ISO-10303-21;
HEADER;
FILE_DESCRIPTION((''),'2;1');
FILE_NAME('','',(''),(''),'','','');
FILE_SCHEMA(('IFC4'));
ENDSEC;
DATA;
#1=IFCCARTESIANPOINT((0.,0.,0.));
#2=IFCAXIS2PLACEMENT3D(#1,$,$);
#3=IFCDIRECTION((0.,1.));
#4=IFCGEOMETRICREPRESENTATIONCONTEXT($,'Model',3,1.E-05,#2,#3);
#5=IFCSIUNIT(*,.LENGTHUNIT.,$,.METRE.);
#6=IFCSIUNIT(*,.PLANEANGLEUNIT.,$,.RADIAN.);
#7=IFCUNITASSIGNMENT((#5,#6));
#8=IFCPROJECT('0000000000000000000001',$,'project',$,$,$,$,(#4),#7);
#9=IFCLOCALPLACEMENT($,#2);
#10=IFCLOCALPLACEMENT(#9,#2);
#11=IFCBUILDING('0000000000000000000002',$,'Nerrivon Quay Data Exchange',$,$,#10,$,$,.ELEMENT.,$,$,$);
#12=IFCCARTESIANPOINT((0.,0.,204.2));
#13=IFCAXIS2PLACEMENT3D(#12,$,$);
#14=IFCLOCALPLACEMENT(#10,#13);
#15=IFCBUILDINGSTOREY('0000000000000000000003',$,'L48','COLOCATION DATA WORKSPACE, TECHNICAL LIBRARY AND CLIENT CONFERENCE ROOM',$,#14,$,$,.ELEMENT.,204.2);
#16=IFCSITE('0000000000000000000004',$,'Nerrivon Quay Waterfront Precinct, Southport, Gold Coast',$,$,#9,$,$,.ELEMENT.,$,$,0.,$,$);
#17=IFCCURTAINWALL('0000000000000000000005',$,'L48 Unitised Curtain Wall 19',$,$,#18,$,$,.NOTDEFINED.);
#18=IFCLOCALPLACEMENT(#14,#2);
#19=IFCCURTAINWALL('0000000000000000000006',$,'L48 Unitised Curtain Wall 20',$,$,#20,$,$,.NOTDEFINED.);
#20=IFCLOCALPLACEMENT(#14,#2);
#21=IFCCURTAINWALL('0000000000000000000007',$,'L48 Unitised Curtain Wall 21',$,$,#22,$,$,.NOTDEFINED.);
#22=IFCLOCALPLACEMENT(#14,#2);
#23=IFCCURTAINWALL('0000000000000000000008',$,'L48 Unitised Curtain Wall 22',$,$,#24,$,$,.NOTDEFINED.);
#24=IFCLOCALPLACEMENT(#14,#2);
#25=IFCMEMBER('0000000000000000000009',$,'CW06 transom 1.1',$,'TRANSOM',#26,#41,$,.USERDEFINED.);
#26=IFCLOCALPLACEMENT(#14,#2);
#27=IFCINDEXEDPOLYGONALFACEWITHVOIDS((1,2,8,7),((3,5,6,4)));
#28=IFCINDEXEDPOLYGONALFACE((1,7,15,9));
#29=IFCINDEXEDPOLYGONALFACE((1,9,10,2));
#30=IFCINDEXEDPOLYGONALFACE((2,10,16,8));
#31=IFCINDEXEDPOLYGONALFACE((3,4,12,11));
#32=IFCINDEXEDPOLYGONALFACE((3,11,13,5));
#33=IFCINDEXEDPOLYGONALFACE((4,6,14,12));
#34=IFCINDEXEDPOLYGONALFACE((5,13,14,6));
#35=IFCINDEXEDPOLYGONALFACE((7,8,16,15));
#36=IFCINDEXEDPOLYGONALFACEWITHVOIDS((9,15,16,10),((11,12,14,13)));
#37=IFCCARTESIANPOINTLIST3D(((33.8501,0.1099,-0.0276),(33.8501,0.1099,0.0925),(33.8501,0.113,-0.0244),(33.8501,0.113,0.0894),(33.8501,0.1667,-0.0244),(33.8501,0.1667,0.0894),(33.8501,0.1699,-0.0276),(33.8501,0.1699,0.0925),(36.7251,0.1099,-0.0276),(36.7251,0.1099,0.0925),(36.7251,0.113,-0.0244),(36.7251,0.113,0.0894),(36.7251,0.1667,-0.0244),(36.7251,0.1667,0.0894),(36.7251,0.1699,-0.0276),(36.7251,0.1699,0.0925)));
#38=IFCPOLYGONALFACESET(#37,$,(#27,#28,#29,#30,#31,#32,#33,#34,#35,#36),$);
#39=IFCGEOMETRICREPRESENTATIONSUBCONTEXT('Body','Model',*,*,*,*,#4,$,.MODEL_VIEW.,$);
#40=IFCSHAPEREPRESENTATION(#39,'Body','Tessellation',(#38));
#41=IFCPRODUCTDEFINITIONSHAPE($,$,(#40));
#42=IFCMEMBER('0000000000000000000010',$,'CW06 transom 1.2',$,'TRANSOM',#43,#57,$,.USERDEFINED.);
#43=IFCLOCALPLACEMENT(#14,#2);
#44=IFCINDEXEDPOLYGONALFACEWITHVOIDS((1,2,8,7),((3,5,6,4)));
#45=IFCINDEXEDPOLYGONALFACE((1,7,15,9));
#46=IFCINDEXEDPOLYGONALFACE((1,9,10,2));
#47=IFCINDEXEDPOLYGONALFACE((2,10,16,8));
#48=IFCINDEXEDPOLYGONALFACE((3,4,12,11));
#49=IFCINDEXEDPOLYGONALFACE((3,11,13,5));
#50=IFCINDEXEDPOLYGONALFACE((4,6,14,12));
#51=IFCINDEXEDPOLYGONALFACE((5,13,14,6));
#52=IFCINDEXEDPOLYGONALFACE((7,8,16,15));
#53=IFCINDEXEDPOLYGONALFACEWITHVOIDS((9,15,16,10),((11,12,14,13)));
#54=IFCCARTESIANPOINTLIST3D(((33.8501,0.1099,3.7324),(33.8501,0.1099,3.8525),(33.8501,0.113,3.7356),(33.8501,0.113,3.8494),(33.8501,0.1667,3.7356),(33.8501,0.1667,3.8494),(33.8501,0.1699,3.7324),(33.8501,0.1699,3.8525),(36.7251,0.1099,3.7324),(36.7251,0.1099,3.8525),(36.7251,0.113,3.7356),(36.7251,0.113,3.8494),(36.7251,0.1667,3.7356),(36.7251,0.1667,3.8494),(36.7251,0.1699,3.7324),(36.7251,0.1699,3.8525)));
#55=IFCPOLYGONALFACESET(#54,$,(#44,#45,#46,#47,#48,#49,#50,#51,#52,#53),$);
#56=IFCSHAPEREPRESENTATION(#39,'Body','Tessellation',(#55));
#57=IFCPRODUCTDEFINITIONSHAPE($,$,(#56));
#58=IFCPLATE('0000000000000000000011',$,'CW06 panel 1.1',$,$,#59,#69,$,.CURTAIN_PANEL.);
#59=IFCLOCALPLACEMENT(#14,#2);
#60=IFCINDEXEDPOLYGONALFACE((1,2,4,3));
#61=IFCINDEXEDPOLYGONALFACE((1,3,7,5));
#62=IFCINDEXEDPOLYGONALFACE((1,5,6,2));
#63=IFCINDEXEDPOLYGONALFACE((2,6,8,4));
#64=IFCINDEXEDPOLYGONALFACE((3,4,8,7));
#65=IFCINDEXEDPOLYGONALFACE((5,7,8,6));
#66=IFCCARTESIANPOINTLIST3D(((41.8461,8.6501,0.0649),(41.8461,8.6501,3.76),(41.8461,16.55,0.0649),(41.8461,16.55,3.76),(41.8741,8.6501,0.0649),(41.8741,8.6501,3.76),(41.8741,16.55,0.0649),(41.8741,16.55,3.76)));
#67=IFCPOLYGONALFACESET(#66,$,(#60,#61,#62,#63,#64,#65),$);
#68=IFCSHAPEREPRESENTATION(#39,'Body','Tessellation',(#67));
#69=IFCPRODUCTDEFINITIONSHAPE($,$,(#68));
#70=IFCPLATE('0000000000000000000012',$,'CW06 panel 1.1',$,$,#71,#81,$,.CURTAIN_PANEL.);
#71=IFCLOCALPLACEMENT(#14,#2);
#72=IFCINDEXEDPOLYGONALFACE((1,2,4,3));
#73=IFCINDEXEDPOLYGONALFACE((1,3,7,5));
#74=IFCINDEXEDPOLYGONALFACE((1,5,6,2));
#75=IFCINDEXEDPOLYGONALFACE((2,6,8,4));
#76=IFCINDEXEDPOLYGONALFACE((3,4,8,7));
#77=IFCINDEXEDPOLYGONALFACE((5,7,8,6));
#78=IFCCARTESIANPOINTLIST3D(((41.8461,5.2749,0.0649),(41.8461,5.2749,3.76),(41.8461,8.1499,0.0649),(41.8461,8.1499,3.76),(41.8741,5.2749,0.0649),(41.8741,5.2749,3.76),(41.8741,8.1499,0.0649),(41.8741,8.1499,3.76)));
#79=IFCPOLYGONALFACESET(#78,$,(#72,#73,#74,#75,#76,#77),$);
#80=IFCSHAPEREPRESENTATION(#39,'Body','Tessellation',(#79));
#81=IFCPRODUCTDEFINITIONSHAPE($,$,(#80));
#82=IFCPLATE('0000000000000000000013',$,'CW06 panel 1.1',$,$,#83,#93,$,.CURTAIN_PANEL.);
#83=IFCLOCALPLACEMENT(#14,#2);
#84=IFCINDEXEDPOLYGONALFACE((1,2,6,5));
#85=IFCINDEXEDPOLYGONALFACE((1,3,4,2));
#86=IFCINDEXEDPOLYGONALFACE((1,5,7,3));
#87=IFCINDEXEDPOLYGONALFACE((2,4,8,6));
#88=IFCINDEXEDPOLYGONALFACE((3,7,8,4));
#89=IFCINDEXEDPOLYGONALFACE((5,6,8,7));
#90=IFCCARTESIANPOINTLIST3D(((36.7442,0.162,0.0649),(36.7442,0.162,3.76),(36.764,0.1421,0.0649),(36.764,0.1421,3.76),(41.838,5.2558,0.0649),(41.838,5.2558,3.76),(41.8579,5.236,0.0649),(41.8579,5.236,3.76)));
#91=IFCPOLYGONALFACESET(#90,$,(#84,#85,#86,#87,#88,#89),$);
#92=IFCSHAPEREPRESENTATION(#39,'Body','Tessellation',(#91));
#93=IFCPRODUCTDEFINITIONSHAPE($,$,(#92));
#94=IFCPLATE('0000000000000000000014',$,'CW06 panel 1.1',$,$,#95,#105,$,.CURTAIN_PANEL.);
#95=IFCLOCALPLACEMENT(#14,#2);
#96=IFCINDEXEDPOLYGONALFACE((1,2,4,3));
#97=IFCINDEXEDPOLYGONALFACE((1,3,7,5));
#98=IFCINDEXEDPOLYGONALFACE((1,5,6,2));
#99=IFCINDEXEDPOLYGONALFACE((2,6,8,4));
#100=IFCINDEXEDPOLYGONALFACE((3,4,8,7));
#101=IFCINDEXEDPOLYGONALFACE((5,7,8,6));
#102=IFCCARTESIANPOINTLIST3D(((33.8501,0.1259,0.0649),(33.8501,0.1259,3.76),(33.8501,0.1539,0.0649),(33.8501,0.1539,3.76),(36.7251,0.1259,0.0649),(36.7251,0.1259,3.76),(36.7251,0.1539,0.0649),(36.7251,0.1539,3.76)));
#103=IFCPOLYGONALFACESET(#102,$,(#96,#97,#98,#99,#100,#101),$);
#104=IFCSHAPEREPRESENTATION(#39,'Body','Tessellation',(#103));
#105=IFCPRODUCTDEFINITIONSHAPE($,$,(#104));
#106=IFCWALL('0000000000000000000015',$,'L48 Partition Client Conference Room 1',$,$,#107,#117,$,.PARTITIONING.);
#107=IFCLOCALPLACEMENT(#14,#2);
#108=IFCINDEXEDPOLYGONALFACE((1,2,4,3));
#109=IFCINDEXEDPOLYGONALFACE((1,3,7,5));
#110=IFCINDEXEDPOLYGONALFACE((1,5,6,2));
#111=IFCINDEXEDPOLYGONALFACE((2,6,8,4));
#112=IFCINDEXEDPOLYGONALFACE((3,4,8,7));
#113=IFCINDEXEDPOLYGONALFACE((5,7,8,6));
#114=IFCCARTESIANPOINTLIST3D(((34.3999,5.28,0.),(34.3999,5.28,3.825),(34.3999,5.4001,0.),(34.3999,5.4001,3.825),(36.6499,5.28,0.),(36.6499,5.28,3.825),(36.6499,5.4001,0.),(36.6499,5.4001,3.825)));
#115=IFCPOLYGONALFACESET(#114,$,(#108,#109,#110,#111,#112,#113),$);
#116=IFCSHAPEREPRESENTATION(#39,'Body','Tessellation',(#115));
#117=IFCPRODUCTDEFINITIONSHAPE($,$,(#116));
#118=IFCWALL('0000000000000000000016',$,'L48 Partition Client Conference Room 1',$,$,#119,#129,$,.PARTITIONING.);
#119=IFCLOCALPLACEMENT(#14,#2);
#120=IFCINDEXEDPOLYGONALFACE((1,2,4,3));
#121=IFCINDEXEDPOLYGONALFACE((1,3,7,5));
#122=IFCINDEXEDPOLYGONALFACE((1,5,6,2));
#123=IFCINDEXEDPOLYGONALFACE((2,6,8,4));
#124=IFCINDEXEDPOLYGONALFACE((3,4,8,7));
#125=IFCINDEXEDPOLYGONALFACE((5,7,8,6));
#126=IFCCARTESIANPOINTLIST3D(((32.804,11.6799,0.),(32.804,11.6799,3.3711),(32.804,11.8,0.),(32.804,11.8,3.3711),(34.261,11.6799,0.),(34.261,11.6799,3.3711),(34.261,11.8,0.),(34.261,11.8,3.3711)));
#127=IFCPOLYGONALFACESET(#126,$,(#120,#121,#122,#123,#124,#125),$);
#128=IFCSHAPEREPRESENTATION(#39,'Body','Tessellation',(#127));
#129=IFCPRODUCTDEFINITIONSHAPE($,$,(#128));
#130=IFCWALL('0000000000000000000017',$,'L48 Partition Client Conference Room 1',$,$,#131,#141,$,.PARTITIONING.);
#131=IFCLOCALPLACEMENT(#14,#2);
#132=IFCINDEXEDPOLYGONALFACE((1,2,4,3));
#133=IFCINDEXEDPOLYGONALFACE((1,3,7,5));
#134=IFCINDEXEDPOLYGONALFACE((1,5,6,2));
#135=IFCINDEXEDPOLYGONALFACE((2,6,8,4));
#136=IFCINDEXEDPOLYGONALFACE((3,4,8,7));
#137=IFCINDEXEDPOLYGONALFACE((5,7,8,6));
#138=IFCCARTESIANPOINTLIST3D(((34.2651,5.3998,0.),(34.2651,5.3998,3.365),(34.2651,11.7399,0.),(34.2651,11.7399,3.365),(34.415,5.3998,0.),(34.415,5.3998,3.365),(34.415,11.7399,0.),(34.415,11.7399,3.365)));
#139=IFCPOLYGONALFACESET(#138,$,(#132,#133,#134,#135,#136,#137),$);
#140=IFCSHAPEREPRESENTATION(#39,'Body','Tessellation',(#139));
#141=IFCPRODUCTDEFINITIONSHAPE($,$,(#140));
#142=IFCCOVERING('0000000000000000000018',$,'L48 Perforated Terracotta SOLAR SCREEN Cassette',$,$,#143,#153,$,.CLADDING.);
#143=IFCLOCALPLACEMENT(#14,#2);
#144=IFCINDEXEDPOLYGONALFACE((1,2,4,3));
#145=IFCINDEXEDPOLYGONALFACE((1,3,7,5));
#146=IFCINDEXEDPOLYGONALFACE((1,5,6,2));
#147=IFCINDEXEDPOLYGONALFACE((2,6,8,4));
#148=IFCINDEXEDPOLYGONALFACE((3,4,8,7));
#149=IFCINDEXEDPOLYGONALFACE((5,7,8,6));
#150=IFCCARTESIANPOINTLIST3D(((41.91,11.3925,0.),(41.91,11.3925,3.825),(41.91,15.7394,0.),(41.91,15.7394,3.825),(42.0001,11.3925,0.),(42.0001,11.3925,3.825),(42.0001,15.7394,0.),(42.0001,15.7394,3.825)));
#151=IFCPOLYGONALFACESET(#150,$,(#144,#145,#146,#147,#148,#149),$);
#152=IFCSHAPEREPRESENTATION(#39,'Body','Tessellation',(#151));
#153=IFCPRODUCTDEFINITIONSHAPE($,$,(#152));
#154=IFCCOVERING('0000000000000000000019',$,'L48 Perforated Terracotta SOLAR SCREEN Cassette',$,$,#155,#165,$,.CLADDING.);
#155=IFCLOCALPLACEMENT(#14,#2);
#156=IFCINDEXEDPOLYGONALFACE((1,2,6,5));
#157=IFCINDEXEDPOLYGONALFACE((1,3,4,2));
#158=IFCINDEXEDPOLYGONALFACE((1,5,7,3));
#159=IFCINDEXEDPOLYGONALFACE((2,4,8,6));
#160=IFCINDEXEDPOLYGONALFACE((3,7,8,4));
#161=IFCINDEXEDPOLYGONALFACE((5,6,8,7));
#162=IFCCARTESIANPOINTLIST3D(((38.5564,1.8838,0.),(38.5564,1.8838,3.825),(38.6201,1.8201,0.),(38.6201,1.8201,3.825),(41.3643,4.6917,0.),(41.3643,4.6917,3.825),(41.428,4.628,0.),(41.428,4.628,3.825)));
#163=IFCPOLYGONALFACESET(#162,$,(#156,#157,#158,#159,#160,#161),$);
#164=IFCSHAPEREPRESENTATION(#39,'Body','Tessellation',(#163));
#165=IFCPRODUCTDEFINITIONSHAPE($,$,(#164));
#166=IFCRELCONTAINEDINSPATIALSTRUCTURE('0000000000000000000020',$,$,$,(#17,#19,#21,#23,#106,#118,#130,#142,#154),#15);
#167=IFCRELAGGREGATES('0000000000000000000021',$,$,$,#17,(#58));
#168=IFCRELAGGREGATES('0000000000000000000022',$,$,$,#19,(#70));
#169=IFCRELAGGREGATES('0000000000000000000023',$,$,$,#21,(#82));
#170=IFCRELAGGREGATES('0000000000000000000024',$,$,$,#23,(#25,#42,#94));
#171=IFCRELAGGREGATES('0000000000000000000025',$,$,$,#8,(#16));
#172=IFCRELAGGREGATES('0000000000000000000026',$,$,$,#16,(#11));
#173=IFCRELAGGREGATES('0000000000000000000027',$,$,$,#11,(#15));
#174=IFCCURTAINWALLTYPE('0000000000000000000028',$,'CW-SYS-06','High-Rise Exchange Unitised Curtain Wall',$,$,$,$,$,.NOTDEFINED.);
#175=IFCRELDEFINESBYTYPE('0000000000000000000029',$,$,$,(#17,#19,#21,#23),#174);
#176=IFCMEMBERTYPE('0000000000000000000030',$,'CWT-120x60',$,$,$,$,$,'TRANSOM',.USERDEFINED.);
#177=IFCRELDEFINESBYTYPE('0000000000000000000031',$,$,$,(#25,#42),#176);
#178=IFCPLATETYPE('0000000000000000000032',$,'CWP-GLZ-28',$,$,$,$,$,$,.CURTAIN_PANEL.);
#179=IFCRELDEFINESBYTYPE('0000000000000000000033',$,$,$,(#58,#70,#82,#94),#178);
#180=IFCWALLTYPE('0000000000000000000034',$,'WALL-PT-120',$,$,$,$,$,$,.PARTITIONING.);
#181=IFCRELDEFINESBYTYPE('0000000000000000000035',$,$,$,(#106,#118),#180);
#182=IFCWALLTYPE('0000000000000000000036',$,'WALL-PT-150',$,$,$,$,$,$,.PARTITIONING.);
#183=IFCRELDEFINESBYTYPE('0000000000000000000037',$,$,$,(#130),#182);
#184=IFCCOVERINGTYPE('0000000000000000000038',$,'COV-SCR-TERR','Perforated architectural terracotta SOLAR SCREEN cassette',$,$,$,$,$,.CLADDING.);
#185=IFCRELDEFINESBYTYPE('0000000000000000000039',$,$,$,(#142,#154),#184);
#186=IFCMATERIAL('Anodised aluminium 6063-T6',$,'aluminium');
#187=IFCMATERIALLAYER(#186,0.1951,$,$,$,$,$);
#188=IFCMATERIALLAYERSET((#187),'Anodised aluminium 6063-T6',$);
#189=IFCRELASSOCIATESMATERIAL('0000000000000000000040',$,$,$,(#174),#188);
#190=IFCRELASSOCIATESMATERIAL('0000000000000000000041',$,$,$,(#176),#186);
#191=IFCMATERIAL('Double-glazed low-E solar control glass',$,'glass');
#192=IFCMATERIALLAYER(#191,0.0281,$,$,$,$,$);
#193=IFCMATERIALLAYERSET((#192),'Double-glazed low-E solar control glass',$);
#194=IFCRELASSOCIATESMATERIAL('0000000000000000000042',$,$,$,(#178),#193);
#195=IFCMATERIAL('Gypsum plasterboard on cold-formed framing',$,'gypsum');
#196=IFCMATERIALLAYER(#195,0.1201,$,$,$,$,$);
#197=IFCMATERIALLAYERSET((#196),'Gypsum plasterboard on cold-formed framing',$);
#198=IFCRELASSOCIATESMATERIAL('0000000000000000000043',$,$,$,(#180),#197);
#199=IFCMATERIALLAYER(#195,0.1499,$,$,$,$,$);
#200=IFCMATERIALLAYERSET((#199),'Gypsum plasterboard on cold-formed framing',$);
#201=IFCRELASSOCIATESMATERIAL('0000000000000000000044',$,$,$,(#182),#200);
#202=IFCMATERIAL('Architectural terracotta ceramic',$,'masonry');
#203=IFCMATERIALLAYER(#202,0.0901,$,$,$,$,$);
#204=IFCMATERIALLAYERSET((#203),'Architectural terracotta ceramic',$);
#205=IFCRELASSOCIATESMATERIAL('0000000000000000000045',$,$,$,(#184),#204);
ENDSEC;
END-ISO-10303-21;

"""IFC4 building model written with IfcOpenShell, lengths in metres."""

from ifc_helpers import new_model, si_unit, direction, frame, frame_2d, origin, origin_2d, place, context, subcontext, project, spatial, rectangle, hollow_rectangle, extrude, material, layer, layer_set, material_profile, profile_set, type_object, element, aggregate, save


model = new_model("IFC4")

# Units and contexts
model_context = context("Model", 3, precision=1e-05, world=origin(), true_north=direction((0.0, 1.0)))
body_context = subcontext(model_context, "Body", "Model", "MODEL_VIEW")
ifc_project = project(units=[si_unit("LENGTHUNIT", "METRE"), si_unit("PLANEANGLEUNIT", "RADIAN")], contexts=[model_context])

# Site, building, storey
site_placement = place(None, origin())
site = spatial("IfcSite", under=ifc_project, at=site_placement, Name="Nerrivon Quay Waterfront Precinct, Southport, Gold Coast", CompositionType="ELEMENT", RefElevation=0.0)
building_placement = place(site_placement, origin())
building = spatial("IfcBuilding", under=site, at=building_placement, Name="Nerrivon Quay Data Exchange", CompositionType="ELEMENT")
storey_placement = place(building_placement, frame((0.0, 0.0, 204.2)))
storey = spatial("IfcBuildingStorey", under=building, at=storey_placement, Name="L48", Description="COLOCATION DATA WORKSPACE, TECHNICAL LIBRARY AND CLIENT CONFERENCE ROOM", CompositionType="ELEMENT", Elevation=204.2)

# Curtain walls
ifc_material_1 = material(Name="Anodised aluminium 6063-T6", Category="aluminium")
ifc_layer_1 = layer(ifc_material_1, 0.1951)
ifc_layer_set_1 = layer_set([ifc_layer_1], Name="Anodised aluminium 6063-T6")
curtain_wall_type = type_object("IfcCurtainWallType", Name="CW-SYS-06", Description="High-Rise Exchange Unitised Curtain Wall", PredefinedType="NOTDEFINED", material=ifc_layer_set_1)
curtain_wall_1_placement = place(storey_placement, origin())
curtain_wall_1 = element("IfcCurtainWall", 1, at=curtain_wall_1_placement, inside=storey, type_object=curtain_wall_type, Name="L48 Unitised Curtain Wall 19", PredefinedType="NOTDEFINED")
curtain_wall_2_placement = place(storey_placement, origin())
curtain_wall_2 = element("IfcCurtainWall", 2, at=curtain_wall_2_placement, inside=storey, type_object=curtain_wall_type, Name="L48 Unitised Curtain Wall 20", PredefinedType="NOTDEFINED")
curtain_wall_3_placement = place(storey_placement, origin())
curtain_wall_3 = element("IfcCurtainWall", 3, at=curtain_wall_3_placement, inside=storey, type_object=curtain_wall_type, Name="L48 Unitised Curtain Wall 21", PredefinedType="NOTDEFINED")

# Curtain wall
curtain_wall_4_placement = place(storey_placement, origin())
curtain_wall_4 = element("IfcCurtainWall", 4, at=curtain_wall_4_placement, inside=storey, type_object=curtain_wall_type, Name="L48 Unitised Curtain Wall 22", PredefinedType="NOTDEFINED")

# Members
ifc_material_profile_1 = material_profile(ifc_material_1, hollow_rectangle(XDim=0.0601, YDim=0.1201, WallThickness=0.0032, at=origin_2d()), Name="ALU-TRAN-120x60")
ifc_profile_set_1 = profile_set([ifc_material_profile_1], Name="Anodised aluminium 6063-T6")
member_type_1 = type_object("IfcMemberType", Name="CWT-120x60", ElementType="TRANSOM", PredefinedType="USERDEFINED", material=ifc_profile_set_1)
member_1_placement = place(storey_placement, frame((36.7251, 0.1399, 0.0325), z_axis=(-1.0, 0.0, 0.0), x_axis=(0.0, -1.0, 0.0)))
member_1 = element("IfcMember", 5, at=member_1_placement, type_object=member_type_1, Name="CW06 transom 1.1", ObjectType="TRANSOM", PredefinedType="USERDEFINED", context=body_context, shape_type="SweptSolid", body=[
    extrude(hollow_rectangle(XDim=0.0601, YDim=0.1201, WallThickness=0.0032, at=origin_2d()), origin(), (0.0, 0.0, 1.0), 2.875),
])
member_2_placement = place(storey_placement, frame((36.7251, 0.1399, 3.7925), z_axis=(-1.0, 0.0, 0.0), x_axis=(0.0, -1.0, 0.0)))
member_2 = element("IfcMember", 6, at=member_2_placement, type_object=member_type_1, Name="CW06 transom 1.2", ObjectType="TRANSOM", PredefinedType="USERDEFINED", context=body_context, shape_type="SweptSolid", body=[
    extrude(hollow_rectangle(XDim=0.0601, YDim=0.1201, WallThickness=0.0032, at=origin_2d()), origin(), (0.0, 0.0, 1.0), 2.875),
])

# Plates
ifc_material_2 = material(Name="Double-glazed low-E solar control glass", Category="glass")
ifc_layer_2 = layer(ifc_material_2, 0.0281)
ifc_layer_set_2 = layer_set([ifc_layer_2], Name="Double-glazed low-E solar control glass")
plate_type = type_object("IfcPlateType", Name="CWP-GLZ-28", PredefinedType="CURTAIN_PANEL", material=ifc_layer_set_2)
plate_1_placement = place(storey_placement, frame((41.8601, 12.6001, 0.0649), z_axis=(0.0, 0.0, 1.0), x_axis=(0.0, -1.0, 0.0)))
plate_1 = element("IfcPlate", 7, at=plate_1_placement, type_object=plate_type, Name="CW06 panel 1.1", PredefinedType="CURTAIN_PANEL", context=body_context, shape_type="SweptSolid", body=[
    extrude(rectangle(XDim=7.8999, YDim=0.0281, at=origin_2d()), origin(), (0.0, 0.0, 1.0), 3.6951),
])
aggregate(curtain_wall_1, [plate_1])
plate_2_placement = place(storey_placement, frame((41.8601, 6.7124, 0.0649), z_axis=(0.0, 0.0, 1.0), x_axis=(0.0, -1.0, 0.0)))
plate_2 = element("IfcPlate", 8, at=plate_2_placement, type_object=plate_type, Name="CW06 panel 1.1", PredefinedType="CURTAIN_PANEL", context=body_context, shape_type="SweptSolid", body=[
    extrude(rectangle(XDim=2.875, YDim=0.0281, at=origin_2d()), origin(), (0.0, 0.0, 1.0), 3.6951),
])
aggregate(curtain_wall_2, [plate_2])
plate_3_placement = place(storey_placement, frame((39.301, 2.699, 0.0649), z_axis=(0.0, 0.0, 1.0), x_axis=(-0.707107, -0.707107, 0.0)))
plate_3 = element("IfcPlate", 9, at=plate_3_placement, type_object=plate_type, Name="CW06 panel 1.1", PredefinedType="CURTAIN_PANEL", context=body_context, shape_type="SweptSolid", body=[
    extrude(rectangle(XDim=7.2039, YDim=0.0281, at=origin_2d()), origin(), (0.0, 0.0, 1.0), 3.6951),
])
aggregate(curtain_wall_3, [plate_3])
plate_4_placement = place(storey_placement, frame((35.2876, 0.1399, 0.0649), z_axis=(0.0, 0.0, 1.0), x_axis=(-1.0, 0.0, 0.0)))
plate_4 = element("IfcPlate", 10, at=plate_4_placement, type_object=plate_type, Name="CW06 panel 1.1", PredefinedType="CURTAIN_PANEL", context=body_context, shape_type="SweptSolid", body=[
    extrude(rectangle(XDim=2.875, YDim=0.0281, at=origin_2d()), origin(), (0.0, 0.0, 1.0), 3.6951),
])
aggregate(curtain_wall_4, [member_1, member_2, plate_4])

# Walls
ifc_material_3 = material(Name="Gypsum plasterboard on cold-formed framing", Category="gypsum")
ifc_layer_3 = layer(ifc_material_3, 0.1201)
ifc_layer_set_3 = layer_set([ifc_layer_3], Name="Gypsum plasterboard on cold-formed framing")
wall_type_1 = type_object("IfcWallType", Name="WALL-PT-120", PredefinedType="PARTITIONING", material=ifc_layer_set_3)
wall_1_placement = place(storey_placement, frame((36.6499, 5.3401, 0.0), z_axis=(0.0, 0.0, 1.0), x_axis=(-1.0, 0.0, 0.0)))
element("IfcWall", 11, at=wall_1_placement, inside=storey, type_object=wall_type_1, Name="L48 Partition Client Conference Room 1", PredefinedType="PARTITIONING", context=body_context, shape_type="SweptSolid", body=[
    extrude(rectangle(XDim=2.25, YDim=0.1201, at=frame_2d((1.125, 0.0))), origin(), (0.0, 0.0, 1.0), 3.825),
])
wall_2_placement = place(storey_placement, frame((34.261, 11.74, 0.0), z_axis=(0.0, 0.0, 1.0), x_axis=(-1.0, 0.0, 0.0)))
element("IfcWall", 12, at=wall_2_placement, inside=storey, type_object=wall_type_1, Name="L48 Partition Client Conference Room 1", PredefinedType="PARTITIONING", context=body_context, shape_type="SweptSolid", body=[
    extrude(rectangle(XDim=1.457, YDim=0.1201, at=frame_2d((0.7285, 0.0))), origin(), (0.0, 0.0, 1.0), 3.3711),
])
ifc_layer_4 = layer(ifc_material_3, 0.1499)
ifc_layer_set_4 = layer_set([ifc_layer_4], Name="Gypsum plasterboard on cold-formed framing")
wall_type_2 = type_object("IfcWallType", Name="WALL-PT-150", PredefinedType="PARTITIONING", material=ifc_layer_set_4)
wall_3_placement = place(storey_placement, frame((34.3401, 5.3999, 0.0), z_axis=(0.0, 0.0, 1.0), x_axis=(0.0, 1.0, 0.0)))
element("IfcWall", 13, at=wall_3_placement, inside=storey, type_object=wall_type_2, Name="L48 Partition Client Conference Room 1", PredefinedType="PARTITIONING", context=body_context, shape_type="SweptSolid", body=[
    extrude(rectangle(XDim=6.3401, YDim=0.1499, at=frame_2d((3.1699, 0.0))), origin(), (0.0, 0.0, 1.0), 3.365),
])

# Coverings
ifc_material_4 = material(Name="Architectural terracotta ceramic", Category="masonry")
ifc_layer_5 = layer(ifc_material_4, 0.0901)
ifc_layer_set_5 = layer_set([ifc_layer_5], Name="Architectural terracotta ceramic")
covering_type = type_object("IfcCoveringType", Name="COV-SCR-TERR", Description="Perforated architectural terracotta SOLAR SCREEN cassette", PredefinedType="CLADDING", material=ifc_layer_set_5)
covering_1_placement = place(storey_placement, frame((41.9551, 13.5659, 0.0), z_axis=(0.0, 0.0, 1.0), x_axis=(0.0, -1.0, 0.0)))
element("IfcCovering", 14, at=covering_1_placement, inside=storey, type_object=covering_type, Name="L48 Perforated Terracotta SOLAR SCREEN Cassette", PredefinedType="CLADDING", context=body_context, shape_type="SweptSolid", body=[
    extrude(rectangle(XDim=4.3469, YDim=0.0901, at=origin_2d()), origin(), (0.0, 0.0, 1.0), 3.825),
])
covering_2_placement = place(storey_placement, frame((39.9922, 3.2559, 0.0), z_axis=(0.0, 0.0, 1.0), x_axis=(-0.707107, -0.707107, 0.0)))
element("IfcCovering", 15, at=covering_2_placement, inside=storey, type_object=covering_type, Name="L48 Perforated Terracotta SOLAR SCREEN Cassette", PredefinedType="CLADDING", context=body_context, shape_type="SweptSolid", body=[
    extrude(rectangle(XDim=3.9709, YDim=0.0901, at=origin_2d()), origin(), (0.0, 0.0, 1.0), 3.825),
])

save(model, "model.ifc")
